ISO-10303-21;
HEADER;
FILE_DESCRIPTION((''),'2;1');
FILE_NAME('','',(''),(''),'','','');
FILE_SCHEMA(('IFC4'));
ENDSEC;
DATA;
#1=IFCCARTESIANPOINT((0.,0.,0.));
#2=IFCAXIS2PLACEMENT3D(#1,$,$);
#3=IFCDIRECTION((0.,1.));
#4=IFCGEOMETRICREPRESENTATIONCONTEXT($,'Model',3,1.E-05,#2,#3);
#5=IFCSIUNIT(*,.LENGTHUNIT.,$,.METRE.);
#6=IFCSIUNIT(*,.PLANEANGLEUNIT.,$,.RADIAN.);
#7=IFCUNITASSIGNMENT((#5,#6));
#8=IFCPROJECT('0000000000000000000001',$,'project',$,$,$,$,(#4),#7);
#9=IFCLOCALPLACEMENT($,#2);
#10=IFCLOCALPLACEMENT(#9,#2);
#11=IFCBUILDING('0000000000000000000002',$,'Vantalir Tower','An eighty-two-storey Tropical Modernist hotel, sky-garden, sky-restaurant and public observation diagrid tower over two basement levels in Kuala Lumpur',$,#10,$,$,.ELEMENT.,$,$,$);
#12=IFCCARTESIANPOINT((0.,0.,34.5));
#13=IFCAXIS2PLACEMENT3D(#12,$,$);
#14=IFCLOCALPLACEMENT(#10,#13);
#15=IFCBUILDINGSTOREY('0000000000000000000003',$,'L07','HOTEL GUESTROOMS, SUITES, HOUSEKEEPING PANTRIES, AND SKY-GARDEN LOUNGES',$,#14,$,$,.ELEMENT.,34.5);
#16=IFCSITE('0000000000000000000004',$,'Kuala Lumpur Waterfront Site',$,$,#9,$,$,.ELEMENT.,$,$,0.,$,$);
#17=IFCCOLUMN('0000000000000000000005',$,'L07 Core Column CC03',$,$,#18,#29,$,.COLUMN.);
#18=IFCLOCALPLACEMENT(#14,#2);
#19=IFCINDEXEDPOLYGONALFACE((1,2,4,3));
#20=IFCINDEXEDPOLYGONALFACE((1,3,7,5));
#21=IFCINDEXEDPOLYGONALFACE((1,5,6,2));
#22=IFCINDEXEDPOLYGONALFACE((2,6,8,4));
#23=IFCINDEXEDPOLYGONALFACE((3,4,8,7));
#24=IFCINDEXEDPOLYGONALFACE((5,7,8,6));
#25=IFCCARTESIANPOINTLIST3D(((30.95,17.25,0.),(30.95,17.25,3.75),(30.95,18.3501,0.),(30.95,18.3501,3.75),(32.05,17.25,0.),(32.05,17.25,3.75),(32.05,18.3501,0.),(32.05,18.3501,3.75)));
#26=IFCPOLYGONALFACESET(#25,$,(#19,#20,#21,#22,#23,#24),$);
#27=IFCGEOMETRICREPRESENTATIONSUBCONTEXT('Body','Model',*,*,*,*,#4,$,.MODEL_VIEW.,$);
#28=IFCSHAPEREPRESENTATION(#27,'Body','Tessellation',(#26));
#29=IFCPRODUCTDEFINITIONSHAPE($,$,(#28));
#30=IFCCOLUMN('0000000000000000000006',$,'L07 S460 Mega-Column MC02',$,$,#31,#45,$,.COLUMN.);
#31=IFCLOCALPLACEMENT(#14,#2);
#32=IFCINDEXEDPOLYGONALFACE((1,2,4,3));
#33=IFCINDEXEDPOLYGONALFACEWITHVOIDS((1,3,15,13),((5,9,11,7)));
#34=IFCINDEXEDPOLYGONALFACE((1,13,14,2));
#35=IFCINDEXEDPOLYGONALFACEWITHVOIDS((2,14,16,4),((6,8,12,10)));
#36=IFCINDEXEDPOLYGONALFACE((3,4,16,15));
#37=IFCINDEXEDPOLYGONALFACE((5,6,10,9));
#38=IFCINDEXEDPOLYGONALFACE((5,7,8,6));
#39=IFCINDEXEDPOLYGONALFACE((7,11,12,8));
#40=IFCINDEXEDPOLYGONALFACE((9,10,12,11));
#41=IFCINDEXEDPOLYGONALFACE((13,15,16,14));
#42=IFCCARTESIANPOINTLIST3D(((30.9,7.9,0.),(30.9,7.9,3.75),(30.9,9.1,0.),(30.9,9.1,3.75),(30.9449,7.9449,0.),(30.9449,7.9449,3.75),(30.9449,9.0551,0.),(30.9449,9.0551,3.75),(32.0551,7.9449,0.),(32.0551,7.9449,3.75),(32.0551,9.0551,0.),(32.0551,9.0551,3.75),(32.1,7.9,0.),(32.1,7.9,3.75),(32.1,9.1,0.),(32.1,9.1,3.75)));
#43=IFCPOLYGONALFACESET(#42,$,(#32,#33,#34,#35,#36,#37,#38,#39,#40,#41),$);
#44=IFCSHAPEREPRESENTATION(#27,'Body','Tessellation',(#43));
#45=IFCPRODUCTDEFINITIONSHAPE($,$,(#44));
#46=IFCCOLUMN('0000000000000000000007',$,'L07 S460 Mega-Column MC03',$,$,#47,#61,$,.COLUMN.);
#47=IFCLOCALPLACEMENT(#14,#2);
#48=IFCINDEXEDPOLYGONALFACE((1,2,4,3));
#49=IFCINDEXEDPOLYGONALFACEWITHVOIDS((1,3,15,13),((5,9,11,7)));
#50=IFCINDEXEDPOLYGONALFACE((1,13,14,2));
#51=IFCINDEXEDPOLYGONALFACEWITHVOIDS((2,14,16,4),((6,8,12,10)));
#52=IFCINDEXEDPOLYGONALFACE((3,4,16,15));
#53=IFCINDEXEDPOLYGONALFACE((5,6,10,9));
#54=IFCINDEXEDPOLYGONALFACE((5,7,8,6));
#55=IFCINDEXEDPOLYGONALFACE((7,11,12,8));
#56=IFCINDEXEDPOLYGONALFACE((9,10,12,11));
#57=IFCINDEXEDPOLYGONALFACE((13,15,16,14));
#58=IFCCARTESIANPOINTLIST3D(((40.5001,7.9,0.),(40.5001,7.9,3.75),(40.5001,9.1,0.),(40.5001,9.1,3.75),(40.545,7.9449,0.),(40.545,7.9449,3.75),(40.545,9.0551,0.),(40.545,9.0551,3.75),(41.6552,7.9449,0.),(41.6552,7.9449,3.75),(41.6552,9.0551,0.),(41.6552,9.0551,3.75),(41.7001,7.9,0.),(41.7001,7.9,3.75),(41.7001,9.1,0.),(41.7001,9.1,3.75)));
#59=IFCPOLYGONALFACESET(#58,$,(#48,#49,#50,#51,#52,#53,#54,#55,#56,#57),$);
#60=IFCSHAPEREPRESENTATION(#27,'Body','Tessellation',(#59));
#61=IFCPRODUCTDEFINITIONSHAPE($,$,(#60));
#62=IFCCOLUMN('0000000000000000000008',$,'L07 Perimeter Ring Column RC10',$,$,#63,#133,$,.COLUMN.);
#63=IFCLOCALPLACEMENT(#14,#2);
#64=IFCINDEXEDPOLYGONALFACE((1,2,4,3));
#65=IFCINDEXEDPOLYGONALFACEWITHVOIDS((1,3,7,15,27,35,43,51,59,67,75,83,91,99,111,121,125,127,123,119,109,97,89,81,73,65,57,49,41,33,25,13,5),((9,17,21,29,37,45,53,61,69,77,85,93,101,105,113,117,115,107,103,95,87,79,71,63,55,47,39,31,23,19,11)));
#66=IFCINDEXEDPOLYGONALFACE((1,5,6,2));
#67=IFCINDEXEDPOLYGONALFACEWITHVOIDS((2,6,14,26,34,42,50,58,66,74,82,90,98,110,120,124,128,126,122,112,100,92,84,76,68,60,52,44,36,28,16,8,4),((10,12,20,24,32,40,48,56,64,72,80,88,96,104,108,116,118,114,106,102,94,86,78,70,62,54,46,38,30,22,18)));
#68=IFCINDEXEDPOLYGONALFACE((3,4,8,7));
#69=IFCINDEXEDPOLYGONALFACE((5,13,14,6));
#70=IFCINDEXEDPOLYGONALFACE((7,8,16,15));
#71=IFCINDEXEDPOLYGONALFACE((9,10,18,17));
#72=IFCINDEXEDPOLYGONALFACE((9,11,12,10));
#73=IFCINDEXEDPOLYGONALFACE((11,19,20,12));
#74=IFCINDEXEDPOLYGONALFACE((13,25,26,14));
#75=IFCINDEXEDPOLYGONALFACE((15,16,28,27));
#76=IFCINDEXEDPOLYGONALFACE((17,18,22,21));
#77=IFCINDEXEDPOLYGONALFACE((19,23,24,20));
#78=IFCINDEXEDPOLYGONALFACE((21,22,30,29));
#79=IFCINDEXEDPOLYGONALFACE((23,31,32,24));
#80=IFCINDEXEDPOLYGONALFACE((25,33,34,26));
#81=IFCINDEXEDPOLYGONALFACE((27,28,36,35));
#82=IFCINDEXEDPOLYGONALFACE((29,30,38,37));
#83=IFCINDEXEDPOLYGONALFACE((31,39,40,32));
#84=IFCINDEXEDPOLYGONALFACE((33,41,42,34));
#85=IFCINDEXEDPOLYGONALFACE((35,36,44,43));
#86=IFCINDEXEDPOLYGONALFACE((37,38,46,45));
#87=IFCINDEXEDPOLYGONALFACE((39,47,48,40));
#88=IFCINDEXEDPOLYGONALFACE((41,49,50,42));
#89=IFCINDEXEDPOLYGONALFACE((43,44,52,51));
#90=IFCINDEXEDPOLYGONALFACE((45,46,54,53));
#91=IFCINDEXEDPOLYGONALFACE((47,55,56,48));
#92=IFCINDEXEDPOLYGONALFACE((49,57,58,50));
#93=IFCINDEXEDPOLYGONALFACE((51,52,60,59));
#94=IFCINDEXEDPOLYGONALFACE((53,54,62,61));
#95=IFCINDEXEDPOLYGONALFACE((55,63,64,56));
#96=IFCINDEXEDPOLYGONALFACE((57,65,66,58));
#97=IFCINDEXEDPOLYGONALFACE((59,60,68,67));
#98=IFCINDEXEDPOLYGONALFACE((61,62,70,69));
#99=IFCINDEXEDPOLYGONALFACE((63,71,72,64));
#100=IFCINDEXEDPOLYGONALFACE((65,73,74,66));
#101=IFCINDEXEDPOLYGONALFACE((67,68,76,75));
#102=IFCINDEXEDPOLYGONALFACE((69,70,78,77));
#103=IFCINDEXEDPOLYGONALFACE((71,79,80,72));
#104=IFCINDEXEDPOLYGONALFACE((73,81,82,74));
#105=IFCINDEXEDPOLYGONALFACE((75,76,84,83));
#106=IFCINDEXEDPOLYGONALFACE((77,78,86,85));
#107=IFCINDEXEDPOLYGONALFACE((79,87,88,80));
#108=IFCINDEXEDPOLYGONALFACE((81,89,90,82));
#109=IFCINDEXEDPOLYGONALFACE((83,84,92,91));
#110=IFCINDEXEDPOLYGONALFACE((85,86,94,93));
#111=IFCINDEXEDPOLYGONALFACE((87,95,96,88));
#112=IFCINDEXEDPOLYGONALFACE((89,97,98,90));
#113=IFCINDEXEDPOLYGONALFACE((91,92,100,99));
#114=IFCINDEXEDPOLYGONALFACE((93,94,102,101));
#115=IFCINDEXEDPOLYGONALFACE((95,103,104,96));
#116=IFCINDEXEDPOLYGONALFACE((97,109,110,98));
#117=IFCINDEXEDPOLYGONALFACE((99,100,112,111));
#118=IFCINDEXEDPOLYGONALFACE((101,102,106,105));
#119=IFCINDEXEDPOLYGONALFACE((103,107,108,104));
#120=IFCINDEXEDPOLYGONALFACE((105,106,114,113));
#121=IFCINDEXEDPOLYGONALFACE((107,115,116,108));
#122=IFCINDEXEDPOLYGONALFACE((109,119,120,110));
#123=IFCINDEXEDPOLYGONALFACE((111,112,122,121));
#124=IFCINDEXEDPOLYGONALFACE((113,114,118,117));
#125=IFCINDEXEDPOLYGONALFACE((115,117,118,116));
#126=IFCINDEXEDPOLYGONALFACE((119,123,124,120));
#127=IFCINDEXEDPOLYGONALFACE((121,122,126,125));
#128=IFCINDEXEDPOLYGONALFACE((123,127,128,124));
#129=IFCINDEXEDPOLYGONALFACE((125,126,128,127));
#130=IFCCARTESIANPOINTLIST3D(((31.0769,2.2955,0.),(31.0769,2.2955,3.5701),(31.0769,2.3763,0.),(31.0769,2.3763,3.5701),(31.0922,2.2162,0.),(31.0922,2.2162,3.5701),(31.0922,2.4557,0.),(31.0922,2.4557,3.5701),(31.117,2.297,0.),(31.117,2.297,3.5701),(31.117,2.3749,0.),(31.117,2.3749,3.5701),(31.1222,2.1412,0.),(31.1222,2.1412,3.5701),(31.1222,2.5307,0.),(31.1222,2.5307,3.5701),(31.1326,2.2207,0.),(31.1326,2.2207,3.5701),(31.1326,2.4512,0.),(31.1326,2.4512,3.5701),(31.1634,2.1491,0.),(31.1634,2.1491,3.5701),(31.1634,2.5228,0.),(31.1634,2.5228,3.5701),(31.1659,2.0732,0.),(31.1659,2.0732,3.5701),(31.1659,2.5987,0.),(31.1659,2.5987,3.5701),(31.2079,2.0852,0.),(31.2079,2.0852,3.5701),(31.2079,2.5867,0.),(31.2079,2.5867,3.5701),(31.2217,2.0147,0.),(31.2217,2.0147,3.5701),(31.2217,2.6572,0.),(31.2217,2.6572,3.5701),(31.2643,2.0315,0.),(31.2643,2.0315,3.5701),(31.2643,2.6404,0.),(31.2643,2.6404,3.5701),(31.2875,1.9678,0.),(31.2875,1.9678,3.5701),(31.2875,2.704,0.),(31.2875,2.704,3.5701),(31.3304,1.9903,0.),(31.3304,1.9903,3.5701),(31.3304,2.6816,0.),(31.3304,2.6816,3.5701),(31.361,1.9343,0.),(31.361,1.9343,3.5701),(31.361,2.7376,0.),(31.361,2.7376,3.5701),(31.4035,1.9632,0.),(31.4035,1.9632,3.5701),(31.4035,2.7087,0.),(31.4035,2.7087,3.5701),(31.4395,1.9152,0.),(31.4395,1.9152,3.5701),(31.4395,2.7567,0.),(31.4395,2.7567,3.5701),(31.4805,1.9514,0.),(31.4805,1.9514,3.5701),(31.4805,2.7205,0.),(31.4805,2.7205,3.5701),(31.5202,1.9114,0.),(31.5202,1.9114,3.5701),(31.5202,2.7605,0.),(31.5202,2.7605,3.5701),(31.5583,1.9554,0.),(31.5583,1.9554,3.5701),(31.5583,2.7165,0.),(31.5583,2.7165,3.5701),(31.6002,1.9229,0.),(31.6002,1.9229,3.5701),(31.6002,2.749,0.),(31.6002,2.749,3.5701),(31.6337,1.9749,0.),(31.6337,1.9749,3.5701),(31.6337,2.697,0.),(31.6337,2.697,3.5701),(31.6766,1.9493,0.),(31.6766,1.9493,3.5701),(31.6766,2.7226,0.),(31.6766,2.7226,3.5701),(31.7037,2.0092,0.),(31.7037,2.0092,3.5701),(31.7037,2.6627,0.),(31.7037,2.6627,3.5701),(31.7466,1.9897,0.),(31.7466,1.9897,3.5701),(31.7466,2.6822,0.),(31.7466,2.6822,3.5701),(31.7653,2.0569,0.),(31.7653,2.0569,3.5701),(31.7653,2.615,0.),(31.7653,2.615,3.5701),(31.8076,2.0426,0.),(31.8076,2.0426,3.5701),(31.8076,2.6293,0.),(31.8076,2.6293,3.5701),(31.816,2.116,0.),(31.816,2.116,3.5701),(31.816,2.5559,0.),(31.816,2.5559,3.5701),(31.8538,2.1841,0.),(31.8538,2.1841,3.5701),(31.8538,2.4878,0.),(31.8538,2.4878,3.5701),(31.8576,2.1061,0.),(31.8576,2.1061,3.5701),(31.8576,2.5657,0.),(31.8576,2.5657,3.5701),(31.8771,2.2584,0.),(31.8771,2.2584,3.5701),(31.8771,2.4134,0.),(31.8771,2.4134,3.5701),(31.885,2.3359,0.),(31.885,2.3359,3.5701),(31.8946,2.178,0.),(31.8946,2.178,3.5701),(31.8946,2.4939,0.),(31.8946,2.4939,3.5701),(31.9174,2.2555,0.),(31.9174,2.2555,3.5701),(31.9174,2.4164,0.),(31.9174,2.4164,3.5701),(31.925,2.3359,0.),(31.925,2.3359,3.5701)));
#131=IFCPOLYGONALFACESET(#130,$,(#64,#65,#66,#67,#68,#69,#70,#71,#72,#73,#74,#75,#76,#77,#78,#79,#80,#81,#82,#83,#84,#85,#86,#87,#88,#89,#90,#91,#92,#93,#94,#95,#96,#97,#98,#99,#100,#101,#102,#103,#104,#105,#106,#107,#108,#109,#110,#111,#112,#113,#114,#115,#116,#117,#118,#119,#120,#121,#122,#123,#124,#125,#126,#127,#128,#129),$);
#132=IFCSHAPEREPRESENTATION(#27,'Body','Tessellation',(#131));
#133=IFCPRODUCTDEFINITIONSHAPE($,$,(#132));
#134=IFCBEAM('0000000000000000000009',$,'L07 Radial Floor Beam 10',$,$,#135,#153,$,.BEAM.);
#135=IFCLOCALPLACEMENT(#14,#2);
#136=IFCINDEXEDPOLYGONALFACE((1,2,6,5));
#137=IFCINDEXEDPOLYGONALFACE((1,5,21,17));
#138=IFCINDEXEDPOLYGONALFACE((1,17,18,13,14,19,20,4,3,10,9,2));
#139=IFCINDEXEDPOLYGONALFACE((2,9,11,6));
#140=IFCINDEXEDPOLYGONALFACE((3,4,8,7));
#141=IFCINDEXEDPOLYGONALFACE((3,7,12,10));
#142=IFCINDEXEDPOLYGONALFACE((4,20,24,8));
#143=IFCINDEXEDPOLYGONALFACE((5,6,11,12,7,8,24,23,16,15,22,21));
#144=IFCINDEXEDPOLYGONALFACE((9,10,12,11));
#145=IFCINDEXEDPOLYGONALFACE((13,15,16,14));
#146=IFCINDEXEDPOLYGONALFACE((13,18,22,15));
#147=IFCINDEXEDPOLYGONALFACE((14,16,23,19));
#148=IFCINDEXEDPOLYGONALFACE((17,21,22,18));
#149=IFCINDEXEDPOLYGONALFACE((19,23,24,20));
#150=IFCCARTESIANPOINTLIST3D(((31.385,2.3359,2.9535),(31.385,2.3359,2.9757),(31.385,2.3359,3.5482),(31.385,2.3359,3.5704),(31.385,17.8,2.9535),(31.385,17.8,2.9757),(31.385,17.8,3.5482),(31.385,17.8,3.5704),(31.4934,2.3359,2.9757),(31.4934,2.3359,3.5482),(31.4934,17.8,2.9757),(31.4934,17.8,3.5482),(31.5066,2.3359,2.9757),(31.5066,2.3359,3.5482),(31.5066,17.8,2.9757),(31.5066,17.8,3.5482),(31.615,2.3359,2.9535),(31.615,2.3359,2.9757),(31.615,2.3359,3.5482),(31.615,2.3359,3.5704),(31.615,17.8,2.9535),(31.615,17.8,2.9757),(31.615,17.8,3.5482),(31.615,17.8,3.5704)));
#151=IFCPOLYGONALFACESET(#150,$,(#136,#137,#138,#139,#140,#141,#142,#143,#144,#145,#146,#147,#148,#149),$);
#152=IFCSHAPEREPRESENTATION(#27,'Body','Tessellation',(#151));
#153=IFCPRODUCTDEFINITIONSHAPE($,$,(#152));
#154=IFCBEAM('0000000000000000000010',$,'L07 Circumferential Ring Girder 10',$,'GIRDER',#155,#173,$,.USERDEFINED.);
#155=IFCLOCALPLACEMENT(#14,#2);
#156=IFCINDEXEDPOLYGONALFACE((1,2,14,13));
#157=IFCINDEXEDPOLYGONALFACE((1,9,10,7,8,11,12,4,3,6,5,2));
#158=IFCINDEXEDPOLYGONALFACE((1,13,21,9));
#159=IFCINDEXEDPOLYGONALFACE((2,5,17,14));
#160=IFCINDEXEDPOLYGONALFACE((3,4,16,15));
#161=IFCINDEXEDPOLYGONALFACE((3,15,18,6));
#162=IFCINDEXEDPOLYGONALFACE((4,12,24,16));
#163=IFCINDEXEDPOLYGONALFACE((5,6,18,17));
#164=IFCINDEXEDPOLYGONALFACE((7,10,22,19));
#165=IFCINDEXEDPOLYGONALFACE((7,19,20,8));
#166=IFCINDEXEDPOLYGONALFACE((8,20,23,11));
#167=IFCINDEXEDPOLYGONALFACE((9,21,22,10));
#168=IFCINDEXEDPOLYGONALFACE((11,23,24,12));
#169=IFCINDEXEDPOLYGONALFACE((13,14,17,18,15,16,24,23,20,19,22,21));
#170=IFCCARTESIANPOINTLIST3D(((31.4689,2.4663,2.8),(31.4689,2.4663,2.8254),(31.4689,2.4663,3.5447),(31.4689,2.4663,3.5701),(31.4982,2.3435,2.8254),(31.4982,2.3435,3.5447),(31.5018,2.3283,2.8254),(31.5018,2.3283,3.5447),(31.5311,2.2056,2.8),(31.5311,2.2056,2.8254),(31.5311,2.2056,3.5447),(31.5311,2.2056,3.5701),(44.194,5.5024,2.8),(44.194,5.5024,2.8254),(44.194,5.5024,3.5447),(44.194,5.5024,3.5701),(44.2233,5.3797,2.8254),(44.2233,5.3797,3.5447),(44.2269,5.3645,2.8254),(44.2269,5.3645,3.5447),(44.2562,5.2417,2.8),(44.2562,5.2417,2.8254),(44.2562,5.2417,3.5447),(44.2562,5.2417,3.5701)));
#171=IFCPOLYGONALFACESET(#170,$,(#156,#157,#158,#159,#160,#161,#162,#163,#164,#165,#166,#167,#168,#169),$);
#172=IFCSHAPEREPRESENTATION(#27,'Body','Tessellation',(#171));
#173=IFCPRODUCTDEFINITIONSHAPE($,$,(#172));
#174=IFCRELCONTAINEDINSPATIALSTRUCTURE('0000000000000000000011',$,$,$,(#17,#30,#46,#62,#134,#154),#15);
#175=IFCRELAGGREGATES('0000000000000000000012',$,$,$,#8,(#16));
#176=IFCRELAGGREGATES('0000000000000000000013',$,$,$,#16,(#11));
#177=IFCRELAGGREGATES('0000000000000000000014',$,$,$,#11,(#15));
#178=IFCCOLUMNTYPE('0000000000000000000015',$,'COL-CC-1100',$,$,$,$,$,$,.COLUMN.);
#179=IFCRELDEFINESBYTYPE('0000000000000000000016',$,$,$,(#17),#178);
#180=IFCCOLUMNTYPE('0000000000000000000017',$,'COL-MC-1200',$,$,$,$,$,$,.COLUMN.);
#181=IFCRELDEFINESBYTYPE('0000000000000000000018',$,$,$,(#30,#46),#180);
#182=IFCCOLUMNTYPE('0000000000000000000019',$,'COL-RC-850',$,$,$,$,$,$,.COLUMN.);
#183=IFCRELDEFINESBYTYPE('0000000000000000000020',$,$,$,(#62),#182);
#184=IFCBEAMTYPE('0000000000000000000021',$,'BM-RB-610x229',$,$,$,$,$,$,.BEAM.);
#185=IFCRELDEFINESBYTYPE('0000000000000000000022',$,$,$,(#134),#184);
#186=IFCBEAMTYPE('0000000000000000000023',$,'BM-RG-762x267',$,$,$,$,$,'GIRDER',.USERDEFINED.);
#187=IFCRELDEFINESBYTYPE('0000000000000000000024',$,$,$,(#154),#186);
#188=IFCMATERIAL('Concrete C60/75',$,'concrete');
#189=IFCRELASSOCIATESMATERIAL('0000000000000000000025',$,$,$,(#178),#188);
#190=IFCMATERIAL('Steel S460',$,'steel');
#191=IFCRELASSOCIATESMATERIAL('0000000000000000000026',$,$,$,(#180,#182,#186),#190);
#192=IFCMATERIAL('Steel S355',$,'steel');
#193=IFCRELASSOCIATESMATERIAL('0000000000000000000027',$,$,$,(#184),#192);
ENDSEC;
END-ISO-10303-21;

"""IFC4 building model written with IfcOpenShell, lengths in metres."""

from ifc_helpers import new_model, si_unit, direction, frame, origin, origin_2d, place, context, subcontext, project, spatial, rectangle, hollow_rectangle, hollow_circle, i_section, extrude, material, material_profile, profile_set, type_object, element, save


model = new_model("IFC4")

# Units and contexts
model_context = context("Model", 3, precision=1e-05, world=origin(), true_north=direction((0.0, 1.0)))
body_context = subcontext(model_context, "Body", "Model", "MODEL_VIEW")
ifc_project = project(units=[si_unit("LENGTHUNIT", "METRE"), si_unit("PLANEANGLEUNIT", "RADIAN")], contexts=[model_context])

# Site, building, storey
site_placement = place(None, origin())
site = spatial("IfcSite", under=ifc_project, at=site_placement, Name="Kuala Lumpur Waterfront Site", CompositionType="ELEMENT", RefElevation=0.0)
building_placement = place(site_placement, origin())
building = spatial("IfcBuilding", under=site, at=building_placement, Name="Vantalir Tower", Description="An eighty-two-storey Tropical Modernist hotel, sky-garden, sky-restaurant and public observation diagrid tower over two basement levels in Kuala Lumpur", CompositionType="ELEMENT")
storey_placement = place(building_placement, frame((0.0, 0.0, 34.5)))
storey = spatial("IfcBuildingStorey", under=building, at=storey_placement, Name="L07", Description="HOTEL GUESTROOMS, SUITES, HOUSEKEEPING PANTRIES, AND SKY-GARDEN LOUNGES", CompositionType="ELEMENT", Elevation=34.5)

# Columns
ifc_material_1 = material(Name="Concrete C60/75", Category="concrete")
ifc_material_profile_1 = material_profile(ifc_material_1, rectangle(XDim=1.1001, YDim=1.1001, at=origin_2d()), Name="Concrete C60/75")
ifc_profile_set_1 = profile_set([ifc_material_profile_1], Name="Concrete C60/75")
column_type_1 = type_object("IfcColumnType", Name="COL-CC-1100", PredefinedType="COLUMN", material=ifc_profile_set_1)
column_1_placement = place(storey_placement, frame((31.5, 17.8, 0.0), z_axis=(0.0, 0.0, 1.0), x_axis=(1.0, 0.0, 0.0)))
element("IfcColumn", 1, at=column_1_placement, inside=storey, type_object=column_type_1, Name="L07 Core Column CC03", PredefinedType="COLUMN", context=body_context, shape_type="SweptSolid", body=[
    extrude(rectangle(XDim=1.1001, YDim=1.1001, at=origin_2d()), origin(), (0.0, 0.0, 1.0), 3.75),
])
ifc_material_2 = material(Name="Steel S460", Category="steel")
ifc_material_profile_2 = material_profile(ifc_material_2, hollow_rectangle(XDim=1.2, YDim=1.2, WallThickness=0.0449, at=origin_2d()), Name="Steel S460")
ifc_profile_set_2 = profile_set([ifc_material_profile_2], Name="Steel S460")
column_type_2 = type_object("IfcColumnType", Name="COL-MC-1200", PredefinedType="COLUMN", material=ifc_profile_set_2)
for number, where, z_axis, x_axis, name in (
    (2, (31.5, 8.5, 0.0), (0.0, 0.0, 1.0), (1.0, 0.0, 0.0), "L07 S460 Mega-Column MC02"),
    (3, (41.1001, 8.5, 0.0), (0.0, 0.0, 1.0), (1.0, 0.0, 0.0), "L07 S460 Mega-Column MC03"),
):
    element("IfcColumn", number, at=place(storey_placement, frame(where, z_axis=z_axis, x_axis=x_axis)), inside=storey, type_object=column_type_2, Name=name, PredefinedType="COLUMN", context=body_context, shape_type="SweptSolid", body=[
        extrude(hollow_rectangle(XDim=1.2, YDim=1.2, WallThickness=0.0449, at=origin_2d()), origin(), (0.0, 0.0, 1.0), 3.75),
    ])
ifc_material_profile_3 = material_profile(ifc_material_2, hollow_circle(Radius=0.425, WallThickness=0.04, at=origin_2d()), Name="Steel S460")
ifc_profile_set_3 = profile_set([ifc_material_profile_3], Name="Steel S460")
column_type_3 = type_object("IfcColumnType", Name="COL-RC-850", PredefinedType="COLUMN", material=ifc_profile_set_3)
column_2_placement = place(storey_placement, frame((31.5, 2.3359, 0.0), z_axis=(0.0, 0.0, 1.0), x_axis=(1.0, 0.0, 0.0)))
element("IfcColumn", 4, at=column_2_placement, inside=storey, type_object=column_type_3, Name="L07 Perimeter Ring Column RC10", PredefinedType="COLUMN", context=body_context, shape_type="SweptSolid", body=[
    extrude(hollow_circle(Radius=0.425, WallThickness=0.04, at=origin_2d()), origin(), (0.0, 0.0, 1.0), 3.5701),
])

# Beams
ifc_material_3 = material(Name="Steel S355", Category="steel")
ifc_material_profile_4 = material_profile(ifc_material_3, i_section(OverallWidth=0.23, OverallDepth=0.6169, WebThickness=0.0132, FlangeThickness=0.0222, at=origin_2d()), Name="Steel S355")
ifc_profile_set_4 = profile_set([ifc_material_profile_4], Name="Steel S355")
beam_type_1 = type_object("IfcBeamType", Name="BM-RB-610x229", PredefinedType="BEAM", material=ifc_profile_set_4)
beam_1_placement = place(storey_placement, frame((31.5, 2.3359, 3.262), z_axis=(0.0, 1.0, 0.0), x_axis=(-1.0, 0.0, 0.0)))
element("IfcBeam", 5, at=beam_1_placement, inside=storey, type_object=beam_type_1, Name="L07 Radial Floor Beam 10", PredefinedType="BEAM", context=body_context, shape_type="SweptSolid", body=[
    extrude(i_section(OverallWidth=0.23, OverallDepth=0.6169, WebThickness=0.0132, FlangeThickness=0.0222, at=origin_2d()), origin(), (0.0, 0.0, 1.0), 15.4641),
])
ifc_material_profile_5 = material_profile(ifc_material_2, i_section(OverallWidth=0.2681, OverallDepth=0.77, WebThickness=0.0156, FlangeThickness=0.0254, at=origin_2d()), Name="Steel S460")
ifc_profile_set_5 = profile_set([ifc_material_profile_5], Name="Steel S460")
beam_type_2 = type_object("IfcBeamType", Name="BM-RG-762x267", ElementType="GIRDER", PredefinedType="USERDEFINED", material=ifc_profile_set_5)
beam_2_placement = place(storey_placement, frame((31.5, 2.3359, 3.1851), z_axis=(0.972697, 0.23208, 0.0), x_axis=(-0.23208, 0.972697, 0.0)))
element("IfcBeam", 6, at=beam_2_placement, inside=storey, type_object=beam_type_2, Name="L07 Circumferential Ring Girder 10", ObjectType="GIRDER", PredefinedType="USERDEFINED", context=body_context, shape_type="SweptSolid", body=[
    extrude(i_section(OverallWidth=0.2681, OverallDepth=0.77, WebThickness=0.0156, FlangeThickness=0.0254, at=origin_2d()), origin(), (0.0, 0.0, 1.0), 13.0823),
])

save(model, "model.ifc")
